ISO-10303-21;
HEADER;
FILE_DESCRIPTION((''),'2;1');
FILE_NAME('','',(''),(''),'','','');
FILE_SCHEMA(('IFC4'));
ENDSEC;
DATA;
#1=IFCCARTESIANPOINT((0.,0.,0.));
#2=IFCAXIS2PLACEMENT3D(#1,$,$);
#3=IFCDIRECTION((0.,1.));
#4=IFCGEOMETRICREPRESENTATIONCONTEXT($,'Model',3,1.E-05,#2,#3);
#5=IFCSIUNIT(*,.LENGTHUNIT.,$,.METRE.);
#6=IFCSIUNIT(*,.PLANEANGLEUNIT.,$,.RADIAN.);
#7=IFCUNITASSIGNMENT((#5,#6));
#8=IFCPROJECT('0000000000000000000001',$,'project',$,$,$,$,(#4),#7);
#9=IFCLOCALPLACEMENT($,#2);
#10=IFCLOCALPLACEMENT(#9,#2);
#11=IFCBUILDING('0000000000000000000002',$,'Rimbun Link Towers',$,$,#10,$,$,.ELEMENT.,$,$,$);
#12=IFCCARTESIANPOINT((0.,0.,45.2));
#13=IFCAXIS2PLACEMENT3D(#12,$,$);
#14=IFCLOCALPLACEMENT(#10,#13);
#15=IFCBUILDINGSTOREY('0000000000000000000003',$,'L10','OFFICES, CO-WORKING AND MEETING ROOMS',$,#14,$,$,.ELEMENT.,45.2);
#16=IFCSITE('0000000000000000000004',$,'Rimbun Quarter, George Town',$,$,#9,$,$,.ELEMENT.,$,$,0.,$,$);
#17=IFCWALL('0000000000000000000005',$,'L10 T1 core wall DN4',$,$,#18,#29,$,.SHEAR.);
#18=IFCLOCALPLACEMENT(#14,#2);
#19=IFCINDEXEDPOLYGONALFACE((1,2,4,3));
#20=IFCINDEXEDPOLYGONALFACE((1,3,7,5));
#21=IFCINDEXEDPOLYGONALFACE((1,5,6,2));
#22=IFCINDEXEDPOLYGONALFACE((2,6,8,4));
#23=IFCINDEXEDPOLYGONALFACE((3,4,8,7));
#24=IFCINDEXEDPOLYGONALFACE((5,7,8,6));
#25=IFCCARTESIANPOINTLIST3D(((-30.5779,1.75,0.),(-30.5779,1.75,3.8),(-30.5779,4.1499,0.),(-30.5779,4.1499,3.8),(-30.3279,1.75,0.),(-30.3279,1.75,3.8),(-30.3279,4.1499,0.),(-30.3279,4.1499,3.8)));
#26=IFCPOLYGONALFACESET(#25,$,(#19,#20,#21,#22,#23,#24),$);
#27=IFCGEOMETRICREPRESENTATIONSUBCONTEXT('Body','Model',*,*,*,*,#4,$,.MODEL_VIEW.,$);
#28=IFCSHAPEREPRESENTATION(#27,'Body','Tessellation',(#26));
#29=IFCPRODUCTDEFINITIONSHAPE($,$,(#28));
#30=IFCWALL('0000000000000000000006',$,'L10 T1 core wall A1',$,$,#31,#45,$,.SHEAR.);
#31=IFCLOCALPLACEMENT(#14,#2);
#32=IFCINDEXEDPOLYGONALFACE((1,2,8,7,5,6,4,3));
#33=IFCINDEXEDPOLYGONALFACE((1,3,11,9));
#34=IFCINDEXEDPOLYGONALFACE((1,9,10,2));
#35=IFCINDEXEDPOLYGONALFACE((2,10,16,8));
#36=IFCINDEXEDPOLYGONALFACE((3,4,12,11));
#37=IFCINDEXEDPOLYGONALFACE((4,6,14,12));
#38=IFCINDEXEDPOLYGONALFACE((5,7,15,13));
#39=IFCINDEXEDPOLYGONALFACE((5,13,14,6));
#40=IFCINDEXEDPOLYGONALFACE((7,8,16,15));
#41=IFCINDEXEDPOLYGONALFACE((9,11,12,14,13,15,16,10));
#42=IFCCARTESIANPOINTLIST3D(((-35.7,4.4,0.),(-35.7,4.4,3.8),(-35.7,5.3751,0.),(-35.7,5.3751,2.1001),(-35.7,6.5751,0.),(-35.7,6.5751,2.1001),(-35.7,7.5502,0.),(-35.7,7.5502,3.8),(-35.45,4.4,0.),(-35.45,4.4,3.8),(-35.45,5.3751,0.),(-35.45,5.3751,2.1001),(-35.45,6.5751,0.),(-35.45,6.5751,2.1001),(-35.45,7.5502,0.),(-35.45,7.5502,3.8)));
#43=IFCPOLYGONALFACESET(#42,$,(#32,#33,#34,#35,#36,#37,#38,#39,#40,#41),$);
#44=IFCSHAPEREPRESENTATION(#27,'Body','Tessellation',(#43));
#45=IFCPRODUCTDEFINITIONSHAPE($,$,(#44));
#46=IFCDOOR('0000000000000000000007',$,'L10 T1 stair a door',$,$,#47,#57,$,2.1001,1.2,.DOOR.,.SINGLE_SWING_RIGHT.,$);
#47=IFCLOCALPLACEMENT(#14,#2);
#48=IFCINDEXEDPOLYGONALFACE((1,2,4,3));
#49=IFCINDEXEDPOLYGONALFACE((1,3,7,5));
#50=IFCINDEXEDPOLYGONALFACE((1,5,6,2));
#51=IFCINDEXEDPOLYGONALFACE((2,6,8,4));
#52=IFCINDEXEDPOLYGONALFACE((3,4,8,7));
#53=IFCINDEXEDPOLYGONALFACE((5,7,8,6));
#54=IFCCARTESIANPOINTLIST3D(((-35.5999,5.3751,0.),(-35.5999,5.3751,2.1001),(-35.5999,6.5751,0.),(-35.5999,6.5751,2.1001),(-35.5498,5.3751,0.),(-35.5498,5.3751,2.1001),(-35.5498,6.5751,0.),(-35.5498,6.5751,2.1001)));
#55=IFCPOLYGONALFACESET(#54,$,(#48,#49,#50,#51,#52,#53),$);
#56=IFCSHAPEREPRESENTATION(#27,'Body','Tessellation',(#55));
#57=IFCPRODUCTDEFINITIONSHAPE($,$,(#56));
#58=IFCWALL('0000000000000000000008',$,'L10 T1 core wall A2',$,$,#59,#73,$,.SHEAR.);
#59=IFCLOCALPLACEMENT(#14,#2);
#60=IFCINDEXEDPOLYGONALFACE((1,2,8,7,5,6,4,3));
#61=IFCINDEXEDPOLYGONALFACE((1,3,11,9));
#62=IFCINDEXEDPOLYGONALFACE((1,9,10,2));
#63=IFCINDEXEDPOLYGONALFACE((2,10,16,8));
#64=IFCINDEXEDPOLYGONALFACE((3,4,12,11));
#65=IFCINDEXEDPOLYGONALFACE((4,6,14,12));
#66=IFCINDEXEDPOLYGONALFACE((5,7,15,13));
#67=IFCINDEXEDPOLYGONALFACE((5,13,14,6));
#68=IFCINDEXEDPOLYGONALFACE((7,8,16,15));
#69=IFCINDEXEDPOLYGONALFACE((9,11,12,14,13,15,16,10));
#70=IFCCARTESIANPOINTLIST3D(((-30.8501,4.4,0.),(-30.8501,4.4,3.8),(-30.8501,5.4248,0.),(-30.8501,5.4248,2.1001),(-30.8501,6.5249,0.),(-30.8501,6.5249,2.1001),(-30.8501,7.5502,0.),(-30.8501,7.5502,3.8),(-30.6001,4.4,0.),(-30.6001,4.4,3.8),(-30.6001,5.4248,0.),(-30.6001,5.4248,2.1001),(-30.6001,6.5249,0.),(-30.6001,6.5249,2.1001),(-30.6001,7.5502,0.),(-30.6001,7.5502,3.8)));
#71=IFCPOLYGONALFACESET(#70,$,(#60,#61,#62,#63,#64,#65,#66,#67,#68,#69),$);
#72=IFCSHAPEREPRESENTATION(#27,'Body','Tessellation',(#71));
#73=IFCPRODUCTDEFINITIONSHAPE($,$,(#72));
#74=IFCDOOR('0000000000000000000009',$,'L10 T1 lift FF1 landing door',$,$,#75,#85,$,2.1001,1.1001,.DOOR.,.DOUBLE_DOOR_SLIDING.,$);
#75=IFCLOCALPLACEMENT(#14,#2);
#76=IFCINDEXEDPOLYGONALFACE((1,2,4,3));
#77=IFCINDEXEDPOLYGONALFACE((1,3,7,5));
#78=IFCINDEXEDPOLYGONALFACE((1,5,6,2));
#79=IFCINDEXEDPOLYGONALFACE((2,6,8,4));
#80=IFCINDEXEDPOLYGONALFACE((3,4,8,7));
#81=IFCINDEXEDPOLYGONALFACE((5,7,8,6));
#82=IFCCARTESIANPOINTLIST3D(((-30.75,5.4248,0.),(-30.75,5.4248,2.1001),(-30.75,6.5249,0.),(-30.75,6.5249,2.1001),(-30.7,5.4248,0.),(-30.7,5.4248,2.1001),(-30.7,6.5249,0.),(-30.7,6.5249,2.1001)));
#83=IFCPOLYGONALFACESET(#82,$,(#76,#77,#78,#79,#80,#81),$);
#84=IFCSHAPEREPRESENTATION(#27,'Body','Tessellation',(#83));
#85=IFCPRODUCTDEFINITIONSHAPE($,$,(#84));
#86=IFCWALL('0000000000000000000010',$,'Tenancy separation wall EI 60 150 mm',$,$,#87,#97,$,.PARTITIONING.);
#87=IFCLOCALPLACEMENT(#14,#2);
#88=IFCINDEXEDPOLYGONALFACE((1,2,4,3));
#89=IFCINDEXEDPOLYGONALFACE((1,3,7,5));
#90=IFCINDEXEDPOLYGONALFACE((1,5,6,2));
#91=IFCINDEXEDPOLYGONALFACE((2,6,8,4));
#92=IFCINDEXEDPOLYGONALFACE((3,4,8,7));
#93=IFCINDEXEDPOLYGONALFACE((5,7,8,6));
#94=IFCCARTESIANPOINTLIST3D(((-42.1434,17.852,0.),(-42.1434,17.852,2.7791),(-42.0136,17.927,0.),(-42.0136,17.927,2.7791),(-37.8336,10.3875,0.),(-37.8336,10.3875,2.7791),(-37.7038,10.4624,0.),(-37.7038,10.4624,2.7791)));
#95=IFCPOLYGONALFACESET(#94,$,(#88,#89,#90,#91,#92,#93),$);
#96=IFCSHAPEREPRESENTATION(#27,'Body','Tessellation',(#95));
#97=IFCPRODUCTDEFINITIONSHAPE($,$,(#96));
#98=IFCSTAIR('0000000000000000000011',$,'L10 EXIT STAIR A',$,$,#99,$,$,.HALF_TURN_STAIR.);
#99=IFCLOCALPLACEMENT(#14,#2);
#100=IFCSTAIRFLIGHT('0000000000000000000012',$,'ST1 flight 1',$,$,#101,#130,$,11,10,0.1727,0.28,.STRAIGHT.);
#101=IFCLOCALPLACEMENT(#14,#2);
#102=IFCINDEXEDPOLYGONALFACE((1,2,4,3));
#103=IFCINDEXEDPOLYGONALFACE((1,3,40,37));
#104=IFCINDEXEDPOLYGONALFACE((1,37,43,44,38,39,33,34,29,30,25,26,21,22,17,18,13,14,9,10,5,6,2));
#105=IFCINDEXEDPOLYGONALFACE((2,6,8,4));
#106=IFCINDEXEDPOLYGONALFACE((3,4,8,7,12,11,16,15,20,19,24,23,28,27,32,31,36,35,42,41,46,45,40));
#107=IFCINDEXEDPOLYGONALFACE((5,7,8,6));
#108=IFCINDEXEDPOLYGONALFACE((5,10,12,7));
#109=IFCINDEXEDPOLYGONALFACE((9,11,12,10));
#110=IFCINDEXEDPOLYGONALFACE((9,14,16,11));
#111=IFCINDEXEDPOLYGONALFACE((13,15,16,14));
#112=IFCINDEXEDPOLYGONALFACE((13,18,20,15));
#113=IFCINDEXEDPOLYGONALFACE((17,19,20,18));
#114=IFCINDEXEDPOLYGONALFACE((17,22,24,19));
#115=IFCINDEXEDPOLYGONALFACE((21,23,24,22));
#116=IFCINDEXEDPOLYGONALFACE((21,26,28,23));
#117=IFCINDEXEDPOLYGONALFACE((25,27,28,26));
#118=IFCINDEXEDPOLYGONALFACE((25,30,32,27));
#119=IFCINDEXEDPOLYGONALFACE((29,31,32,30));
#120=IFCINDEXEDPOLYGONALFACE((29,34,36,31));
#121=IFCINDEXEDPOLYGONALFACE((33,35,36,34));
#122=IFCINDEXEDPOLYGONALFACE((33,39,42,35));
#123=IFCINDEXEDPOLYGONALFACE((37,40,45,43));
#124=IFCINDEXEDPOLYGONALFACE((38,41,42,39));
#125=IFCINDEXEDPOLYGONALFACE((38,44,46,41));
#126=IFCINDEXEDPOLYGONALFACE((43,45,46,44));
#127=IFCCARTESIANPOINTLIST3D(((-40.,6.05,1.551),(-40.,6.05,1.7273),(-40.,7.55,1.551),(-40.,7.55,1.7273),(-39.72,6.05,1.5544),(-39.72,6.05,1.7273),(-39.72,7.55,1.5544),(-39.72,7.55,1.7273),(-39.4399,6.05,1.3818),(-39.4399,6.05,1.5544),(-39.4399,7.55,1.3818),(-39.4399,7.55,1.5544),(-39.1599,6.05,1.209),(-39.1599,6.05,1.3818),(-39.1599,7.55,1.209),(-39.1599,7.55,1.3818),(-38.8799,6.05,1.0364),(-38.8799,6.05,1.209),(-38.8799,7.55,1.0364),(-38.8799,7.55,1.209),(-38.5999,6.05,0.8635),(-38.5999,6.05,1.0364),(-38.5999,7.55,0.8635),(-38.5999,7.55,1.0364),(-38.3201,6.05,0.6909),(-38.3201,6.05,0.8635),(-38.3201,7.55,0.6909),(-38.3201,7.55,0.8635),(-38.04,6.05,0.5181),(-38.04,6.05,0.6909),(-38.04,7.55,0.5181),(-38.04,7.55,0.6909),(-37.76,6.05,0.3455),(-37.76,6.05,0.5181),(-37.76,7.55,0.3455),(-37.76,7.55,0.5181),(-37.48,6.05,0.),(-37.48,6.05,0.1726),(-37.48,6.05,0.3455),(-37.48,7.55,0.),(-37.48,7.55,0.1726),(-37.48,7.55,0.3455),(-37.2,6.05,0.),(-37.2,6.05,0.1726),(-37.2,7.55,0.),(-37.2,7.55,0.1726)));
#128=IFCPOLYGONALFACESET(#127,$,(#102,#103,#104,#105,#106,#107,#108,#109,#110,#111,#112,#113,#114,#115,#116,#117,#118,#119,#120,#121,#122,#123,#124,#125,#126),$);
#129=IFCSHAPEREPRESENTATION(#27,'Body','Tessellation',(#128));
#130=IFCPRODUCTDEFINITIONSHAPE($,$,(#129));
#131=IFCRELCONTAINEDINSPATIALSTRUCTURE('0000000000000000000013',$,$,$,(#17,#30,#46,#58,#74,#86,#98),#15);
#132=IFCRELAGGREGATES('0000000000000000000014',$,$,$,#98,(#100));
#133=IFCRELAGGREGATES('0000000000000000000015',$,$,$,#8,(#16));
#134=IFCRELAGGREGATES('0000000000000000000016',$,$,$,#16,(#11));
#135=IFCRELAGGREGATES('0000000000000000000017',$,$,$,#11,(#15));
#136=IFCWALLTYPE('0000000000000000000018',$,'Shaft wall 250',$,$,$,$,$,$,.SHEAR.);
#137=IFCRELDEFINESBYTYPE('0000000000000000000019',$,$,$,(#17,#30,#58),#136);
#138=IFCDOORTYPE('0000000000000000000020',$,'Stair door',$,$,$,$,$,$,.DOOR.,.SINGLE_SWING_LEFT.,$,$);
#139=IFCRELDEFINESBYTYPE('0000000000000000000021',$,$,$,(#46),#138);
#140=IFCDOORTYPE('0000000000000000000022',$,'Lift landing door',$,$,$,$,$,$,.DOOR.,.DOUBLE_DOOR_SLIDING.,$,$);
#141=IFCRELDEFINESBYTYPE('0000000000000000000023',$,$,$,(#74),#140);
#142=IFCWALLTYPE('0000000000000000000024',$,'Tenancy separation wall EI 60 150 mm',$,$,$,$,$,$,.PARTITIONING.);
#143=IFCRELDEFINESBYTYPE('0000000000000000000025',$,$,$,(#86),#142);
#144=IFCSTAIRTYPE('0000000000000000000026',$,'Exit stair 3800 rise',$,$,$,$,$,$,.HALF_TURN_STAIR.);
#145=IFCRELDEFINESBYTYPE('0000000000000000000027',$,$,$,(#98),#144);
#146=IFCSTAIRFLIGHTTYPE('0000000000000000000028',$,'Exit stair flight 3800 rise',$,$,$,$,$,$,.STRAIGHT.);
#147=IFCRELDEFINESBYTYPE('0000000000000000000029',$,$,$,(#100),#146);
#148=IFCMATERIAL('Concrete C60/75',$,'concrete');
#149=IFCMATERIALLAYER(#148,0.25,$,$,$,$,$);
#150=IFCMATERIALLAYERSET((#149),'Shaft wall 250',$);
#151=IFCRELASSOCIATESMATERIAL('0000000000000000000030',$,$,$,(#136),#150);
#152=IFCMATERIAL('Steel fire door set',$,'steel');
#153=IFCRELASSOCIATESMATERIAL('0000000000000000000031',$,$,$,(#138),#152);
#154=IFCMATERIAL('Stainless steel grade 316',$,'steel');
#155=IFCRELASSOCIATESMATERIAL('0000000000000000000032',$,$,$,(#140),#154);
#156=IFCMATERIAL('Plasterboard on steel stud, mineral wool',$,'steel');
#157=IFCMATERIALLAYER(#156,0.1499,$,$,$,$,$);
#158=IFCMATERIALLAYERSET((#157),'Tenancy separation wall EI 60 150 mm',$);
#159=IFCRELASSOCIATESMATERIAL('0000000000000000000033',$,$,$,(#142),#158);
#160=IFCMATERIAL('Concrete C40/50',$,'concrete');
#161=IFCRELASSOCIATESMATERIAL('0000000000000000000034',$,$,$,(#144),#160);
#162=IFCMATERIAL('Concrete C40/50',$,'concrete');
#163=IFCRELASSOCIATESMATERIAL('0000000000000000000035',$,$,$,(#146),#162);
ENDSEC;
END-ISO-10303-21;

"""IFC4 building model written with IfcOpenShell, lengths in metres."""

from ifc_helpers import new_model, si_unit, direction, frame, frame_2d, origin, place, context, subcontext, project, spatial, polyline, rectangle, outline, extrude, material, layer, layer_set, type_object, element, fill, aggregate, save


model = new_model("IFC4")

# Units and contexts
model_context = context("Model", 3, precision=1e-05, world=origin(), true_north=direction((0.0, 1.0)))
body_context = subcontext(model_context, "Body", "Model", "MODEL_VIEW")
ifc_project = project(units=[si_unit("LENGTHUNIT", "METRE"), si_unit("PLANEANGLEUNIT", "RADIAN")], contexts=[model_context])

# Site, building, storey
site_placement = place(None, origin())
site = spatial("IfcSite", under=ifc_project, at=site_placement, Name="Rimbun Quarter, George Town", CompositionType="ELEMENT", RefElevation=0.0)
building_placement = place(site_placement, origin())
building = spatial("IfcBuilding", under=site, at=building_placement, Name="Rimbun Link Towers", CompositionType="ELEMENT")
storey_placement = place(building_placement, frame((0.0, 0.0, 45.2)))
storey = spatial("IfcBuildingStorey", under=building, at=storey_placement, Name="L10", Description="OFFICES, CO-WORKING AND MEETING ROOMS", CompositionType="ELEMENT", Elevation=45.2)

# Wall
ifc_material_1 = material(Name="Concrete C60/75", Category="concrete")
ifc_layer_1 = layer(ifc_material_1, 0.25)
ifc_layer_set_1 = layer_set([ifc_layer_1], Name="Shaft wall 250")
wall_type_1 = type_object("IfcWallType", Name="Shaft wall 250", PredefinedType="SHEAR", material=ifc_layer_set_1)
for number, where, z_axis, x_axis, name in (
    (1, (-30.4529, 1.75, 0.0), (0.0, 0.0, 1.0), (0.0, 1.0, 0.0), "L10 T1 core wall DN4"),
):
    element("IfcWall", number, at=place(storey_placement, frame(where, z_axis=z_axis, x_axis=x_axis)), inside=storey, type_object=wall_type_1, Name=name, PredefinedType="SHEAR", context=body_context, shape_type="SweptSolid", body=[
        extrude(rectangle(XDim=2.3999, YDim=0.25, at=frame_2d((1.2, 0.0))), origin(), (0.0, 0.0, 1.0), 3.8),
    ])

# Walls, openings, doors
wall_1_placement = place(storey_placement, frame((-35.575, 4.3999, 0.0), z_axis=(0.0, 0.0, 1.0), x_axis=(0.0, 1.0, 0.0)))
wall_1 = element("IfcWall", 2, at=wall_1_placement, inside=storey, type_object=wall_type_1, Name="L10 T1 core wall A1", PredefinedType="SHEAR", context=body_context, shape_type="SweptSolid", body=[
    extrude(rectangle(XDim=3.1501, YDim=0.25, at=frame_2d((1.5752, 0.0))), origin(), (0.0, 0.0, 1.0), 3.8),
])
opening_1_placement = place(wall_1_placement, frame((0.9751, 0.0, 0.0)))
opening_1 = element("IfcOpeningElement", 3, at=opening_1_placement, cuts=wall_1, PredefinedType="OPENING", context=body_context, shape_type="SweptSolid", body=[
    extrude(rectangle(XDim=1.2, YDim=2.1001, at=frame_2d((0.6001, 1.05))), frame((0.0, 0.135, 0.0), z_axis=(0.0, -1.0, 0.0), x_axis=(1.0, 0.0, 0.0)), (0.0, 0.0, 1.0), 0.27),
])
ifc_material_2 = material(Name="Steel fire door set", Category="steel")
door_type_1 = type_object("IfcDoorType", Name="Stair door", OperationType="SINGLE_SWING_LEFT", PredefinedType="DOOR", material=ifc_material_2)
door_1_placement = place(opening_1_placement, origin())
door_1 = element("IfcDoor", 4, at=door_1_placement, inside=storey, type_object=door_type_1, Name="L10 T1 stair a door", OperationType="SINGLE_SWING_RIGHT", OverallHeight=2.1001, OverallWidth=1.2, PredefinedType="DOOR", context=body_context, shape_type="SweptSolid", body=[
    extrude(rectangle(XDim=1.2, YDim=2.1001, at=frame_2d((0.6001, 1.05))), frame((0.0, 0.0249, 0.0), z_axis=(0.0, -1.0, 0.0), x_axis=(1.0, 0.0, 0.0)), (0.0, 0.0, 1.0), 0.05),
])
fill(opening_1, door_1)
wall_2_placement = place(storey_placement, frame((-30.7251, 4.3999, 0.0), z_axis=(0.0, 0.0, 1.0), x_axis=(0.0, 1.0, 0.0)))
wall_2 = element("IfcWall", 5, at=wall_2_placement, inside=storey, type_object=wall_type_1, Name="L10 T1 core wall A2", PredefinedType="SHEAR", context=body_context, shape_type="SweptSolid", body=[
    extrude(rectangle(XDim=3.1501, YDim=0.25, at=frame_2d((1.5752, 0.0))), origin(), (0.0, 0.0, 1.0), 3.8),
])
opening_2_placement = place(wall_2_placement, frame((1.0249, 0.0, 0.0)))
opening_2 = element("IfcOpeningElement", 6, at=opening_2_placement, cuts=wall_2, PredefinedType="OPENING", context=body_context, shape_type="SweptSolid", body=[
    extrude(rectangle(XDim=1.1001, YDim=2.1001, at=frame_2d((0.55, 1.05))), frame((0.0, 0.135, 0.0), z_axis=(0.0, -1.0, 0.0), x_axis=(1.0, 0.0, 0.0)), (0.0, 0.0, 1.0), 0.27),
])
ifc_material_3 = material(Name="Stainless steel grade 316", Category="steel")
door_type_2 = type_object("IfcDoorType", Name="Lift landing door", OperationType="DOUBLE_DOOR_SLIDING", PredefinedType="DOOR", material=ifc_material_3)
door_2_placement = place(opening_2_placement, origin())
door_2 = element("IfcDoor", 7, at=door_2_placement, inside=storey, type_object=door_type_2, Name="L10 T1 lift FF1 landing door", OperationType="DOUBLE_DOOR_SLIDING", OverallHeight=2.1001, OverallWidth=1.1001, PredefinedType="DOOR", context=body_context, shape_type="SweptSolid", body=[
    extrude(rectangle(XDim=1.1001, YDim=2.1001, at=frame_2d((0.55, 1.05))), frame((0.0, 0.0249, 0.0), z_axis=(0.0, -1.0, 0.0), x_axis=(1.0, 0.0, 0.0)), (0.0, 0.0, 1.0), 0.05),
])
fill(opening_2, door_2)

# Wall
ifc_material_4 = material(Name="Plasterboard on steel stud, mineral wool", Category="steel")
ifc_layer_2 = layer(ifc_material_4, 0.1499)
ifc_layer_set_2 = layer_set([ifc_layer_2], Name="Tenancy separation wall EI 60 150 mm")
wall_type_2 = type_object("IfcWallType", Name="Tenancy separation wall EI 60 150 mm", PredefinedType="PARTITIONING", material=ifc_layer_set_2)
wall_3_placement = place(storey_placement, frame((-37.7688, 10.425, 0.0), z_axis=(0.0, 0.0, 1.0), x_axis=(-0.500011, 0.866019, 0.0)))
element("IfcWall", 8, at=wall_3_placement, inside=storey, type_object=wall_type_2, Name="Tenancy separation wall EI 60 150 mm", PredefinedType="PARTITIONING", context=body_context, shape_type="SweptSolid", body=[
    extrude(rectangle(XDim=8.6194, YDim=0.1499, at=frame_2d((4.3096, 0.0))), origin(), (0.0, 0.0, 1.0), 2.7791),
])

# Stair, stair flight
ifc_material_5 = material(Name="Concrete C40/50", Category="concrete")
stair_type = type_object("IfcStairType", Name="Exit stair 3800 rise", PredefinedType="HALF_TURN_STAIR", material=ifc_material_5)
stair_placement = place(storey_placement, origin())
stair = element("IfcStair", 9, at=stair_placement, inside=storey, type_object=stair_type, Name="L10 EXIT STAIR A", PredefinedType="HALF_TURN_STAIR")
ifc_material_6 = material(Name="Concrete C40/50", Category="concrete")
stair_flight_type = type_object("IfcStairFlightType", Name="Exit stair flight 3800 rise", PredefinedType="STRAIGHT", material=ifc_material_6)
stair_flight_placement = place(storey_placement, frame((-37.2, 6.8, 0.0), z_axis=(0.0, 0.0, 1.0), x_axis=(-1.0, 0.0, 0.0)))
stair_flight = element("IfcStairFlight", 10, at=stair_flight_placement, type_object=stair_flight_type, Name="ST1 flight 1", NumberOfRisers=11, NumberOfTreads=10, PredefinedType="STRAIGHT", RiserHeight=0.1727, TreadLength=0.28, context=body_context, shape_type="SweptSolid", body=[
    extrude(outline(polyline([(0.0, 0.0), (0.0, 0.1726), (0.28, 0.1726), (0.28, 0.3455), (0.5601, 0.3455), (0.5601, 0.5181), (0.8401, 0.5181), (0.8401, 0.6909), (1.1201, 0.6909), (1.1201, 0.8635), (1.3999, 0.8635), (1.3999, 1.0364), (1.6799, 1.0364), (1.6799, 1.209), (1.96, 1.209), (1.96, 1.3818), (2.24, 1.3818), (2.24, 1.5544), (2.52, 1.5544), (2.52, 1.7273), (2.8, 1.7273), (2.8, 1.8999), (2.8, 1.551), (0.28, 0.0), (0.0, 0.0)])), frame((0.0, 0.75, 0.0), z_axis=(0.0, -1.0, 0.0), x_axis=(1.0, 0.0, 0.0)), (0.0, 0.0, 1.0), 1.5),
])
aggregate(stair, [stair_flight])

save(model, "model.ifc")
